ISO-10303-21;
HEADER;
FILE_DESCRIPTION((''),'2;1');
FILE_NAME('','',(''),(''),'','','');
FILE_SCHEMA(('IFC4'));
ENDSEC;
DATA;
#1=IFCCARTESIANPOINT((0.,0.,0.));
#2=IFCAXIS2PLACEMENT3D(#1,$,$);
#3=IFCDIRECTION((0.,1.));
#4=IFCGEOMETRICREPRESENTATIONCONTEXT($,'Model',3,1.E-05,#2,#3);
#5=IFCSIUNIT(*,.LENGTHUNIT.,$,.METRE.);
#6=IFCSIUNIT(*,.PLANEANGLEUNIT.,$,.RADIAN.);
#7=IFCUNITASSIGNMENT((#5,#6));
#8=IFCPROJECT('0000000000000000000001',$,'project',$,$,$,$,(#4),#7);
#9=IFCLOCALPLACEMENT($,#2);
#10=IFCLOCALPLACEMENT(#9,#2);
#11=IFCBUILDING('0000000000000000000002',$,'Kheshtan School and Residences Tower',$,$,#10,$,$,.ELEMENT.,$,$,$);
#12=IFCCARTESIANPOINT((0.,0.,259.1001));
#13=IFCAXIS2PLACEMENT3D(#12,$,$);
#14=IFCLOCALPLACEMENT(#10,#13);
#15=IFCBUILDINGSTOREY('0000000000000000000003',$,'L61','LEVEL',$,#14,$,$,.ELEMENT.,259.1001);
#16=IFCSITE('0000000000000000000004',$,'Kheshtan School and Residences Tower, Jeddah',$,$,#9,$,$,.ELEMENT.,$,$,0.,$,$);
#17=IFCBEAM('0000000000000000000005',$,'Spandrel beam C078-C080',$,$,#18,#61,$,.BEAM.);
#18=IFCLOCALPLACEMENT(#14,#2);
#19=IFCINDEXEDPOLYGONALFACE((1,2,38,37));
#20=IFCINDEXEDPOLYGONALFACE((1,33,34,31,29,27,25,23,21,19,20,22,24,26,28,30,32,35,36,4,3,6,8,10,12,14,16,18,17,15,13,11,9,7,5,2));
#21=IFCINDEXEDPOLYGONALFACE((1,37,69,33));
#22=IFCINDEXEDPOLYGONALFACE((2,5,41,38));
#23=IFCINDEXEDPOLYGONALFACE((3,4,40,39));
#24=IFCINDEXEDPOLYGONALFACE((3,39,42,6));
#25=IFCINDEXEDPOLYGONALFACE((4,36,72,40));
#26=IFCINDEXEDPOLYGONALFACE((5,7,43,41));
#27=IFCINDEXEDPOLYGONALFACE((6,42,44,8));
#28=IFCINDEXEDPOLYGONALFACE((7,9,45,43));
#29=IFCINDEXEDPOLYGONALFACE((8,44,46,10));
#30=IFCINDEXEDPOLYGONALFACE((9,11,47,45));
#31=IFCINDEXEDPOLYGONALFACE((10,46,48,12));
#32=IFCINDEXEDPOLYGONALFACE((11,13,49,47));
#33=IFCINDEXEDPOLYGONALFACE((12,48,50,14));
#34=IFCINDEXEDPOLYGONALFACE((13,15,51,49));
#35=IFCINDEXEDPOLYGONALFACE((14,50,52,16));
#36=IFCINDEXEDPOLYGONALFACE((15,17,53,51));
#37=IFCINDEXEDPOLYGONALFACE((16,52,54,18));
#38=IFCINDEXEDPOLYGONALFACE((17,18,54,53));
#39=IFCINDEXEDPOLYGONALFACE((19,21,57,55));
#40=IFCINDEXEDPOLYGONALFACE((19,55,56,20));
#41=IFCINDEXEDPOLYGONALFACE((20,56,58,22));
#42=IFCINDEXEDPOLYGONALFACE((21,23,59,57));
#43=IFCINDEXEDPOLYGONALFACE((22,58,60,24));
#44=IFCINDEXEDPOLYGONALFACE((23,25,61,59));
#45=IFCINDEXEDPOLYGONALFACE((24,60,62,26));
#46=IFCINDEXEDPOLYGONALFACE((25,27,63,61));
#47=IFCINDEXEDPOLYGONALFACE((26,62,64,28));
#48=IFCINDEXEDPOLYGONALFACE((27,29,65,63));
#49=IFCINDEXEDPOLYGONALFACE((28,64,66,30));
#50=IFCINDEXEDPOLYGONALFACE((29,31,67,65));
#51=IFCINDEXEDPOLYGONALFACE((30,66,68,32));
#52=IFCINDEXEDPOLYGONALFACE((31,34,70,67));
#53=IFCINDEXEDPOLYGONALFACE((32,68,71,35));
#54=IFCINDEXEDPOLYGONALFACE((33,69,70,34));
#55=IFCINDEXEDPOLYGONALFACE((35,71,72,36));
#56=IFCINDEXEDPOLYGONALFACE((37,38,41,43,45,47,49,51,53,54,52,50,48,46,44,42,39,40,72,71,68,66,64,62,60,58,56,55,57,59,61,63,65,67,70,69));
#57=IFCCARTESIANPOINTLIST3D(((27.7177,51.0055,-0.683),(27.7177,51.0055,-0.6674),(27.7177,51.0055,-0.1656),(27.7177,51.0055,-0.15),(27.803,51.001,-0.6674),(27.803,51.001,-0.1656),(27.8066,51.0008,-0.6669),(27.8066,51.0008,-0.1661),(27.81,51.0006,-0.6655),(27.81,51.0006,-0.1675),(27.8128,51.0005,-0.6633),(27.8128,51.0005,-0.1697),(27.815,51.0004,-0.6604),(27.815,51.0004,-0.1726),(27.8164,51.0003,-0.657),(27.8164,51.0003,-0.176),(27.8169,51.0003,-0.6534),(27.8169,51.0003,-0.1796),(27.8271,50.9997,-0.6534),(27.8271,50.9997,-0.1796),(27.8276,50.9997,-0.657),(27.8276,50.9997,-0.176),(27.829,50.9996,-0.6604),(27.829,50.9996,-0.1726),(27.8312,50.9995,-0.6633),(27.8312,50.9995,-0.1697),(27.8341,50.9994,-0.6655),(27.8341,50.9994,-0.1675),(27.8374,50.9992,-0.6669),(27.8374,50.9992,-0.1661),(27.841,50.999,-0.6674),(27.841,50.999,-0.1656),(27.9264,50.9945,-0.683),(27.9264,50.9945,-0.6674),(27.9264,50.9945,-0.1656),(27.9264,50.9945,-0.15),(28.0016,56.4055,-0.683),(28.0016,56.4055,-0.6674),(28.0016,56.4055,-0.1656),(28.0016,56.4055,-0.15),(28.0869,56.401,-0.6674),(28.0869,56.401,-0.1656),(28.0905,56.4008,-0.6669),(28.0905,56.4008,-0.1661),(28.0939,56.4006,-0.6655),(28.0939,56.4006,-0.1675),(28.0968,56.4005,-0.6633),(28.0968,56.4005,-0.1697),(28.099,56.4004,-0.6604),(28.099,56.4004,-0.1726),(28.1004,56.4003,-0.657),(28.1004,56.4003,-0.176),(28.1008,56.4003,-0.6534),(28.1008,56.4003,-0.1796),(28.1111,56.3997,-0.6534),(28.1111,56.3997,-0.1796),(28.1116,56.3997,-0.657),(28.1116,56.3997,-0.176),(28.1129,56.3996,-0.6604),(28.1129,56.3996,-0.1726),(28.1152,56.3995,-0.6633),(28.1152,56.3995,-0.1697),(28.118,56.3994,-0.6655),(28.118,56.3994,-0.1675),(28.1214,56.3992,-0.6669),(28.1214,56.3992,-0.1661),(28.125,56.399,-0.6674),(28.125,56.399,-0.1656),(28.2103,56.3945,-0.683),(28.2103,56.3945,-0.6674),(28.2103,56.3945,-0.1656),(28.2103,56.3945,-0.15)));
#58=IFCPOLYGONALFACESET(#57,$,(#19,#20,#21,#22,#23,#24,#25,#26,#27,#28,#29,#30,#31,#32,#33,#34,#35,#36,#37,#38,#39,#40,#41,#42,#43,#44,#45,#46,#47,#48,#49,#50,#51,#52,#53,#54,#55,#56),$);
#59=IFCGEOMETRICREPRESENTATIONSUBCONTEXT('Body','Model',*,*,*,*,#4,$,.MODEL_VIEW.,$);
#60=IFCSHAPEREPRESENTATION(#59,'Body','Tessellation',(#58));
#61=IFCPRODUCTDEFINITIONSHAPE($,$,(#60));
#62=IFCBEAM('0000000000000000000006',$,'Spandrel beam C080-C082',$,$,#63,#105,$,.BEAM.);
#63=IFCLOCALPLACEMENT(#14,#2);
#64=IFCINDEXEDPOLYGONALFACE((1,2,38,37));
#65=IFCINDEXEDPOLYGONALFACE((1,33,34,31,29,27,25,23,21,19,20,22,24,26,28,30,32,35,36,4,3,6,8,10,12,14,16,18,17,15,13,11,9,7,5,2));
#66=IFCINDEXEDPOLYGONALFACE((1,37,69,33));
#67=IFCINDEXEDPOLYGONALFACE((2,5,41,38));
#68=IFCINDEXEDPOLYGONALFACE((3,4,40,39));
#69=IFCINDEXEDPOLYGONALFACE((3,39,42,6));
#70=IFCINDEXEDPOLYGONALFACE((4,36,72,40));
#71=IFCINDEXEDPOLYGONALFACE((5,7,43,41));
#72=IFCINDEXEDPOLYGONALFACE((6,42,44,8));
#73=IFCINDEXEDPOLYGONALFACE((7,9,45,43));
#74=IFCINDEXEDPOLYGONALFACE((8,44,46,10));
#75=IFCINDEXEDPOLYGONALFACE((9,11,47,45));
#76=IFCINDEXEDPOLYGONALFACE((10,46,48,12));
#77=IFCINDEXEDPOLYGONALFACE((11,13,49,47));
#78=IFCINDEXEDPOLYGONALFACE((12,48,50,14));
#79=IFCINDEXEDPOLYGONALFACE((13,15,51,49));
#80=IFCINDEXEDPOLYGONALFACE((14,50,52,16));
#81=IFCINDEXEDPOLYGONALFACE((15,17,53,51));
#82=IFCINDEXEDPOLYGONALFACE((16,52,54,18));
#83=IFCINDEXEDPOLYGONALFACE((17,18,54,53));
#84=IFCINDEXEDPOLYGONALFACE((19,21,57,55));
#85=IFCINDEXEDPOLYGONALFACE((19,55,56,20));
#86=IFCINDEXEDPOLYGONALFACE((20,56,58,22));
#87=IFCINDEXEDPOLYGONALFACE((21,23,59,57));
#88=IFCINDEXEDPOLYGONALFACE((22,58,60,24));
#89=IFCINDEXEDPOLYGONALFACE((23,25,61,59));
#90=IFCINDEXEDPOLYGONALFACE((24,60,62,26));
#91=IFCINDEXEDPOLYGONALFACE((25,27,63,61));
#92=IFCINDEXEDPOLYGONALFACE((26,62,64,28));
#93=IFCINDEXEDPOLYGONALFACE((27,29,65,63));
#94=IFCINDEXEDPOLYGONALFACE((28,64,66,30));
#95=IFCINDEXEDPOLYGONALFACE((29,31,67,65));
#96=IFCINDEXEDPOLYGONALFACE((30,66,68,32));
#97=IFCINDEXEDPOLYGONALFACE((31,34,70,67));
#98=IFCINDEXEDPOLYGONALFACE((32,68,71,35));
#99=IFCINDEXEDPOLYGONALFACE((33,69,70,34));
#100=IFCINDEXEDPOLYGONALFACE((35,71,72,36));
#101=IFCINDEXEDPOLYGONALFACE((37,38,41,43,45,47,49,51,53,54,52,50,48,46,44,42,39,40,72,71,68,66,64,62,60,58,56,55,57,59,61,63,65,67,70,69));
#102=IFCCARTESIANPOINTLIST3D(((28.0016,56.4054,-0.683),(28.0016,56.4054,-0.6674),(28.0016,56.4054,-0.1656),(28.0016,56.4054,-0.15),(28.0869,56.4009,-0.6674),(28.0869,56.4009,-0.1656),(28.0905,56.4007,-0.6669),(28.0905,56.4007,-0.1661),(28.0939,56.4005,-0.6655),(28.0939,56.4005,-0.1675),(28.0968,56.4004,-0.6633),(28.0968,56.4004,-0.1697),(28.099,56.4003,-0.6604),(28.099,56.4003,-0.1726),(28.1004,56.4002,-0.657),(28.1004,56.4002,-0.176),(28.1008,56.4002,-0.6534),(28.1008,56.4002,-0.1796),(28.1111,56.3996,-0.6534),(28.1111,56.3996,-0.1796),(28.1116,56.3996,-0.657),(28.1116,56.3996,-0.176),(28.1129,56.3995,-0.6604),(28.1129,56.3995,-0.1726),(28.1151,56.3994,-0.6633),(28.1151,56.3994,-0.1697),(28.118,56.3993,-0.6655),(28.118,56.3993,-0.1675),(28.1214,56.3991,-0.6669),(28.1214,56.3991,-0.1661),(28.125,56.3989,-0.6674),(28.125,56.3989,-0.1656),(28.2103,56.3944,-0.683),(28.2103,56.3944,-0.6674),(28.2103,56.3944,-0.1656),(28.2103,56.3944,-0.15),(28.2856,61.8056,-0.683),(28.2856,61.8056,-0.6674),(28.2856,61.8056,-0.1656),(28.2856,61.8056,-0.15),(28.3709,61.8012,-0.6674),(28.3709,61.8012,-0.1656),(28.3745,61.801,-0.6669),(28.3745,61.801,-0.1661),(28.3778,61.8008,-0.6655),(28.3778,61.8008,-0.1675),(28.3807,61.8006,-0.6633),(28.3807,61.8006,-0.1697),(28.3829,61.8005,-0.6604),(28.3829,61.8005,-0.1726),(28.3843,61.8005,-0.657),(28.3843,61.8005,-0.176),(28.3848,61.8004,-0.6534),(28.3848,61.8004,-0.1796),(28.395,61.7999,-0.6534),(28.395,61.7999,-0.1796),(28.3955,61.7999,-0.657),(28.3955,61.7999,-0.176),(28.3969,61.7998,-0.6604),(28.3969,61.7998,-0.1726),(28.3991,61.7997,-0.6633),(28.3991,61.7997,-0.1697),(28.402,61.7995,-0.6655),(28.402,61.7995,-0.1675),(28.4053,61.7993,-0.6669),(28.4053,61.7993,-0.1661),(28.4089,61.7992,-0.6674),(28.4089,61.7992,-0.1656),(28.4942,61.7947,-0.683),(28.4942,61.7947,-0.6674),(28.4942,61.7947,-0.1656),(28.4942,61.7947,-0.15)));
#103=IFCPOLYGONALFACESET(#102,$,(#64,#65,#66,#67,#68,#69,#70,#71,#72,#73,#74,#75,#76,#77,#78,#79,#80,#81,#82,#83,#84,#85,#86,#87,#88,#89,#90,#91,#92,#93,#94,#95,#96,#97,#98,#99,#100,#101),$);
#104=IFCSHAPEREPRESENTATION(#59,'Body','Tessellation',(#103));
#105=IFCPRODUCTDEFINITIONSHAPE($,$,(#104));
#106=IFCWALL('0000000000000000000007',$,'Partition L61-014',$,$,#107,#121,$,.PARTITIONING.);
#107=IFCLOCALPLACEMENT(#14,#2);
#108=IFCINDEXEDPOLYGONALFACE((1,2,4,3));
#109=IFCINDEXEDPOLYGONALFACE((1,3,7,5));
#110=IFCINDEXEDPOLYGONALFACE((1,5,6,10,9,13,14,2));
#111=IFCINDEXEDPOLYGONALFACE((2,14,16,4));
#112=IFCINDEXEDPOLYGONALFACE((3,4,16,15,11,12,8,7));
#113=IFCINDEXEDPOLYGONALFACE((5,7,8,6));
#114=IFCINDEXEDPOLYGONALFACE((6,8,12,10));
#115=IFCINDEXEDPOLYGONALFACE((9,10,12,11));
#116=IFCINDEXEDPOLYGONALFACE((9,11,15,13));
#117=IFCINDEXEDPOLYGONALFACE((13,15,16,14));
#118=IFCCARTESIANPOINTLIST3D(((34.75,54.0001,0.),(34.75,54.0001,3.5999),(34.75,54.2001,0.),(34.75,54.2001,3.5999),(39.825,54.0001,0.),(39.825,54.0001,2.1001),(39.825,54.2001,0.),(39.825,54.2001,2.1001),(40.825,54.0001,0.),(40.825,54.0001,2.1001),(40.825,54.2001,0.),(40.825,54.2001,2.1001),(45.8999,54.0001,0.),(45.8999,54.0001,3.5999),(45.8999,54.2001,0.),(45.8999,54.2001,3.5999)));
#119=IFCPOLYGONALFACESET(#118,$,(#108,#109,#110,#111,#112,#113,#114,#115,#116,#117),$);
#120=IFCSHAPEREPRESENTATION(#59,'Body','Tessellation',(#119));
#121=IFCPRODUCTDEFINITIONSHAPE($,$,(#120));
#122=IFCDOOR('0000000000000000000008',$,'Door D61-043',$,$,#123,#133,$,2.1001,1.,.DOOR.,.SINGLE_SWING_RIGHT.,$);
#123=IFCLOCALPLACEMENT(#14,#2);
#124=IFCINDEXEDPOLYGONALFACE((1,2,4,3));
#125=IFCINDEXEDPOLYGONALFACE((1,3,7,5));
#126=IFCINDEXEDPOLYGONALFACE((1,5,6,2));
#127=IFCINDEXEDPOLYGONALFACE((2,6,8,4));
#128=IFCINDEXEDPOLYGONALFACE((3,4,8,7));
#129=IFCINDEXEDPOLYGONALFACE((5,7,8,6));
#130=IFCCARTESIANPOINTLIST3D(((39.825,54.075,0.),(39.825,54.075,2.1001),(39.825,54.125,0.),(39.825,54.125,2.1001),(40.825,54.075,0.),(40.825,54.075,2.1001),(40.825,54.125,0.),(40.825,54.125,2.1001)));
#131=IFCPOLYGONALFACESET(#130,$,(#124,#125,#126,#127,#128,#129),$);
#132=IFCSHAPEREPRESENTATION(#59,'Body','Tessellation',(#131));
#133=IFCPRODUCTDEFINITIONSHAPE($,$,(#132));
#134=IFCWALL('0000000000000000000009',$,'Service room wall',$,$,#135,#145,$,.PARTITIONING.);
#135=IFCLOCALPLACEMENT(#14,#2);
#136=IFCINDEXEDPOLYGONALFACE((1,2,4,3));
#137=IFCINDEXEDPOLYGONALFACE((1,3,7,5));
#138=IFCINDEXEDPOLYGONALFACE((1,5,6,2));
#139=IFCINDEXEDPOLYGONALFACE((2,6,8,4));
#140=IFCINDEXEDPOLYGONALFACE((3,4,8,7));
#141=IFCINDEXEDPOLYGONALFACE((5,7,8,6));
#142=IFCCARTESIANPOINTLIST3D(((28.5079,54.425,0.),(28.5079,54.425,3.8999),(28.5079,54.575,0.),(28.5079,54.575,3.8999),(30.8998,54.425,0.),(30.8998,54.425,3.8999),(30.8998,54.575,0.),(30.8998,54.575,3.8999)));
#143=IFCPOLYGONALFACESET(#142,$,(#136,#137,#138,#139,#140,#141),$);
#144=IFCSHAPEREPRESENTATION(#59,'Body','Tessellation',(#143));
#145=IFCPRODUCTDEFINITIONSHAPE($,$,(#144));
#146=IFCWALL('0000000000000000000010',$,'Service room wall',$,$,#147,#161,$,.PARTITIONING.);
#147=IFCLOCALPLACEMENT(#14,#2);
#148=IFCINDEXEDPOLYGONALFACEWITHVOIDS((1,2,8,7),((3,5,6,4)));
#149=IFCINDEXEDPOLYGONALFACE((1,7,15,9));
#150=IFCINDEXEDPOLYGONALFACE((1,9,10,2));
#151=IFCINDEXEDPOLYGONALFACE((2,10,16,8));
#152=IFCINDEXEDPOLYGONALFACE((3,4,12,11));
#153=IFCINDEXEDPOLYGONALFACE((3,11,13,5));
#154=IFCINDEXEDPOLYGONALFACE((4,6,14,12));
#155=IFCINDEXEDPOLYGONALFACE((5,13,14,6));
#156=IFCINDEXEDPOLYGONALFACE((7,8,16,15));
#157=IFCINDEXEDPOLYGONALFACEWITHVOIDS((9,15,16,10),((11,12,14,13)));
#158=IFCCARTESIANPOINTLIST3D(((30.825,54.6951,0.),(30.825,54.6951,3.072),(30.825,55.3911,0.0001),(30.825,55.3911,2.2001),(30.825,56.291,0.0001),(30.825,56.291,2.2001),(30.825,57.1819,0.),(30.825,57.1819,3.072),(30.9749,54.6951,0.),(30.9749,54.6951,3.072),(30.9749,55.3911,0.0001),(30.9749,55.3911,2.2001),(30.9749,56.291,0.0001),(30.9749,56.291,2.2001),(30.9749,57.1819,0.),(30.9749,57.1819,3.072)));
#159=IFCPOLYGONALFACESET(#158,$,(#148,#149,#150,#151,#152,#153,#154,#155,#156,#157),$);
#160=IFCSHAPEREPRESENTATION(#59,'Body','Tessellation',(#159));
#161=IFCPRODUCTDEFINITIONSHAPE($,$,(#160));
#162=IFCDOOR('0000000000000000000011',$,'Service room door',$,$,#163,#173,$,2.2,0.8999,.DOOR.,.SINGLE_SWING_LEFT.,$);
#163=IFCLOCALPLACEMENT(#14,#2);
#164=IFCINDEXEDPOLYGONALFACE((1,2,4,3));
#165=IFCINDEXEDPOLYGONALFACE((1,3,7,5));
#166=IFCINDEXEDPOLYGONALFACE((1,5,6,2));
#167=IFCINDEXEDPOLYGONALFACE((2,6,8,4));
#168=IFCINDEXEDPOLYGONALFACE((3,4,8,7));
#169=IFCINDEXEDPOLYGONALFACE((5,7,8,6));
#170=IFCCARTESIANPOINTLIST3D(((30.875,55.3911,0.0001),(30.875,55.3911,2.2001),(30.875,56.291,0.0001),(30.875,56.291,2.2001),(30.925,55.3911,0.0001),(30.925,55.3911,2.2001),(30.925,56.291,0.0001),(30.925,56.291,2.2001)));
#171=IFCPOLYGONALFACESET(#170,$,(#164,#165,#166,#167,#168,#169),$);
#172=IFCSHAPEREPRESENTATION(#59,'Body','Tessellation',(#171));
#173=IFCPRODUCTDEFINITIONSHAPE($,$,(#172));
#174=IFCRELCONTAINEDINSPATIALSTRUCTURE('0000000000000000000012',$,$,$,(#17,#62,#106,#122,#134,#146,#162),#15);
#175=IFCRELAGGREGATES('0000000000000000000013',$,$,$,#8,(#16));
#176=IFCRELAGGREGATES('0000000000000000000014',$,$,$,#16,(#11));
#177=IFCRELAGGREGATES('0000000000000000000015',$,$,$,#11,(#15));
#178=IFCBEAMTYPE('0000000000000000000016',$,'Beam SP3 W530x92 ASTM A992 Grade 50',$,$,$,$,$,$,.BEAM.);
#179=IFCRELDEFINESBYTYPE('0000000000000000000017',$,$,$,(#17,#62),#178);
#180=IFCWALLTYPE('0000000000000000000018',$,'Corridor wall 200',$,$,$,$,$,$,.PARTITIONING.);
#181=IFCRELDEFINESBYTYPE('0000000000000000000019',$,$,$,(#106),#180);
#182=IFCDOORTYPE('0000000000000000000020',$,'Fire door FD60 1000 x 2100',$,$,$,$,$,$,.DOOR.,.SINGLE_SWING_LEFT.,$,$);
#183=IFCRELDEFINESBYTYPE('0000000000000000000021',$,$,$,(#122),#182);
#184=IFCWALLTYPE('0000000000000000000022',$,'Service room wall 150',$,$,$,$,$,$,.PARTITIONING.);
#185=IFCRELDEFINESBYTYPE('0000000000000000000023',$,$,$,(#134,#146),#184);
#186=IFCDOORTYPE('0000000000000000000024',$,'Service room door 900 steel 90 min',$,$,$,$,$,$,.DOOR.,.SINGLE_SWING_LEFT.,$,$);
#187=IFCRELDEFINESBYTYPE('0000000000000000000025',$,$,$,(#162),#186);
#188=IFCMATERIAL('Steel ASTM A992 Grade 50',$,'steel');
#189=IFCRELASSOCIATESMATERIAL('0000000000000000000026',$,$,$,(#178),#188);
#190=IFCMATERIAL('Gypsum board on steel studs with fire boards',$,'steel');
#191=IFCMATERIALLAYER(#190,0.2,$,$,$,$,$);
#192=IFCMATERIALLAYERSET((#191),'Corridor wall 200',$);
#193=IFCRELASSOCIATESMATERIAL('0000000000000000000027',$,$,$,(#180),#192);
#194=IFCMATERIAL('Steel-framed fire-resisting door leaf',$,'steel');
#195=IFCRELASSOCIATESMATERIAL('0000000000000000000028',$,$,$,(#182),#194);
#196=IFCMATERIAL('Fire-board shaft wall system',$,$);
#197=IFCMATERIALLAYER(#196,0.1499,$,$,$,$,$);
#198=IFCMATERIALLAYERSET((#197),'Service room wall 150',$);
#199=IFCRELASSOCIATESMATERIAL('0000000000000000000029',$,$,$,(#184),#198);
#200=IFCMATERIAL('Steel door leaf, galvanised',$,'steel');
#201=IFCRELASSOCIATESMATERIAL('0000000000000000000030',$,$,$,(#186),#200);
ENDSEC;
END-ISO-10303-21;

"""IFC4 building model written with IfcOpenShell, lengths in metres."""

from ifc_helpers import new_model, si_unit, direction, frame, frame_2d, origin, origin_2d, place, context, subcontext, project, spatial, rectangle, i_section, extrude, source, transform, mapped, material, layer, layer_set, material_profile, profile_set, type_object, element, fill, save


model = new_model("IFC4")

# Units and contexts
model_context = context("Model", 3, precision=1e-05, world=origin(), true_north=direction((0.0, 1.0)))
body_context = subcontext(model_context, "Body", "Model", "MODEL_VIEW")
ifc_project = project(units=[si_unit("LENGTHUNIT", "METRE"), si_unit("PLANEANGLEUNIT", "RADIAN")], contexts=[model_context])

# Site, building, storey
site_placement = place(None, origin())
site = spatial("IfcSite", under=ifc_project, at=site_placement, Name="Kheshtan School and Residences Tower, Jeddah", CompositionType="ELEMENT", RefElevation=0.0)
building_placement = place(site_placement, origin())
building = spatial("IfcBuilding", under=site, at=building_placement, Name="Kheshtan School and Residences Tower", CompositionType="ELEMENT")
storey_placement = place(building_placement, frame((0.0, 0.0, 259.1001)))
storey = spatial("IfcBuildingStorey", under=building, at=storey_placement, Name="L61", Description="LEVEL", CompositionType="ELEMENT", Elevation=259.1001)

# Shared definitions
ifc_material_1 = material(Name="Steel ASTM A992 Grade 50", Category="steel")

# Beams
ifc_material_profile_1 = material_profile(ifc_material_1, i_section(OverallWidth=0.209, OverallDepth=0.533, WebThickness=0.0103, FlangeThickness=0.0156, FilletRadius=0.0139, at=origin_2d()), Name="W530x92")
ifc_profile_set_1 = profile_set([ifc_material_profile_1], Name="Steel ASTM A992 Grade 50")
beam_type = type_object("IfcBeamType", Name="Beam SP3 W530x92 ASTM A992 Grade 50", PredefinedType="BEAM", material=ifc_profile_set_1)
for number, where, z_axis, x_axis, name in (
    (1, (27.822, 51.0, -0.4165), (0.052509, 0.99862, 0.0), (-0.99862, 0.052509, 0.0), "Spandrel beam C078-C080"),
):
    element("IfcBeam", number, at=place(storey_placement, frame(where, z_axis=z_axis, x_axis=x_axis)), inside=storey, type_object=beam_type, Name=name, PredefinedType="BEAM", context=body_context, shape_type="SweptSolid", body=[
        extrude(i_section(OverallWidth=0.209, OverallDepth=0.533, WebThickness=0.0103, FlangeThickness=0.0156, FilletRadius=0.0139, at=origin_2d()), origin(), (0.0, 0.0, 1.0), 5.4075),
    ])
beam_placement = place(storey_placement, frame((28.106, 56.3999, -0.4165), z_axis=(0.052507, 0.998621, 0.0), x_axis=(-0.998621, 0.052507, 0.0)))
element("IfcBeam", 2, at=beam_placement, inside=storey, type_object=beam_type, Name="Spandrel beam C080-C082", PredefinedType="BEAM", context=body_context, shape_type="SweptSolid", body=[
    extrude(i_section(OverallWidth=0.209, OverallDepth=0.533, WebThickness=0.0103, FlangeThickness=0.0156, FilletRadius=0.0139, at=origin_2d()), origin(), (0.0, 0.0, 1.0), 5.4077),
])

# Wall, opening, door
ifc_material_2 = material(Name="Gypsum board on steel studs with fire boards", Category="steel")
ifc_layer_1 = layer(ifc_material_2, 0.2)
ifc_layer_set_1 = layer_set([ifc_layer_1], Name="Corridor wall 200")
wall_type_1 = type_object("IfcWallType", Name="Corridor wall 200", PredefinedType="PARTITIONING", material=ifc_layer_set_1)
wall_1_placement = place(storey_placement, frame((34.75, 54.1001, 0.0), z_axis=(0.0, 0.0, 1.0), x_axis=(1.0, 0.0, 0.0)))
wall_1 = element("IfcWall", 3, at=wall_1_placement, inside=storey, type_object=wall_type_1, Name="Partition L61-014", PredefinedType="PARTITIONING", context=body_context, shape_type="SweptSolid", body=[
    extrude(rectangle(XDim=11.1499, YDim=0.2, at=frame_2d((5.575, 0.0))), origin(), (0.0, 0.0, 1.0), 3.5999),
])
opening_1_placement = place(wall_1_placement, frame((5.075, 0.0, 0.0)))
opening_1 = element("IfcOpeningElement", 4, at=opening_1_placement, cuts=wall_1, PredefinedType="OPENING", context=body_context, shape_type="SweptSolid", body=[
    extrude(rectangle(XDim=1.0, YDim=2.1001, at=frame_2d((0.5, 1.05))), frame((0.0, 0.1099, 0.0), z_axis=(0.0, -1.0, 0.0), x_axis=(1.0, 0.0, 0.0)), (0.0, 0.0, 1.0), 0.22),
])
ifc_material_3 = material(Name="Steel-framed fire-resisting door leaf", Category="steel")
door_type_1 = type_object("IfcDoorType", Name="Fire door FD60 1000 x 2100", OperationType="SINGLE_SWING_LEFT", PredefinedType="DOOR", material=ifc_material_3)
shared_shape_1 = source(origin(), body_context, "Body", "SweptSolid", [
    extrude(rectangle(XDim=1.0, YDim=2.1001, at=frame_2d((0.5, 1.05))), frame((0.0, 0.0249, 0.0), z_axis=(0.0, -1.0, 0.0), x_axis=(1.0, 0.0, 0.0)), (0.0, 0.0, 1.0), 0.05),
])
door_1_placement = place(opening_1_placement, origin())
door_1 = element("IfcDoor", 5, at=door_1_placement, inside=storey, type_object=door_type_1, Name="Door D61-043", OperationType="SINGLE_SWING_RIGHT", OverallHeight=2.1001, OverallWidth=1.0, PredefinedType="DOOR", context=body_context, shape_type="MappedRepresentation", body=[
    mapped(shared_shape_1, transform((0.0, 0.0, 0.0), x_axis=(1.0, 0.0, 0.0), y_axis=(0.0, 1.0, 0.0), z_axis=(0.0, 0.0, 1.0), scale=1.0)),
])
fill(opening_1, door_1)

# Wall
ifc_material_4 = material(Name="Fire-board shaft wall system")
ifc_layer_2 = layer(ifc_material_4, 0.1499)
ifc_layer_set_2 = layer_set([ifc_layer_2], Name="Service room wall 150")
wall_type_2 = type_object("IfcWallType", Name="Service room wall 150", PredefinedType="PARTITIONING", material=ifc_layer_set_2)
wall_2_placement = place(storey_placement, frame((28.5081, 54.5, 0.0), z_axis=(0.0, 0.0, 1.0), x_axis=(1.0, 0.0, 0.0)))
element("IfcWall", 6, at=wall_2_placement, inside=storey, type_object=wall_type_2, Name="Service room wall", PredefinedType="PARTITIONING", context=body_context, shape_type="SweptSolid", body=[
    extrude(rectangle(XDim=2.3918, YDim=0.1499, at=frame_2d((1.1958, 0.0))), origin(), (0.0, 0.0, 1.0), 3.8999),
])

# Wall, opening, door
wall_3_placement = place(storey_placement, frame((30.8999, 54.6951, 0.0), z_axis=(0.0, 0.0, 1.0), x_axis=(0.0, 1.0, 0.0)))
wall_3 = element("IfcWall", 7, at=wall_3_placement, inside=storey, type_object=wall_type_2, Name="Service room wall", PredefinedType="PARTITIONING", context=body_context, shape_type="SweptSolid", body=[
    extrude(rectangle(XDim=2.4868, YDim=0.1499, at=frame_2d((1.2434, 0.0))), origin(), (0.0, 0.0, 1.0), 3.072),
])
opening_2_placement = place(wall_3_placement, frame((0.696, 0.0, 0.0)))
opening_2 = element("IfcOpeningElement", 8, at=opening_2_placement, cuts=wall_3, PredefinedType="OPENING", context=body_context, shape_type="SweptSolid", body=[
    extrude(rectangle(XDim=0.8999, YDim=2.2, at=frame_2d((0.45, 1.1001))), frame((0.0, 0.085, 0.0), z_axis=(0.0, -1.0, 0.0), x_axis=(1.0, 0.0, 0.0)), (0.0, 0.0, 1.0), 0.1699),
])
ifc_material_5 = material(Name="Steel door leaf, galvanised", Category="steel")
door_type_2 = type_object("IfcDoorType", Name="Service room door 900 steel 90 min", OperationType="SINGLE_SWING_LEFT", PredefinedType="DOOR", material=ifc_material_5)
shared_shape_2 = source(origin(), body_context, "Body", "SweptSolid", [
    extrude(rectangle(XDim=0.8999, YDim=2.2, at=frame_2d((0.45, 1.1001))), frame((0.0, 0.0249, 0.0), z_axis=(0.0, -1.0, 0.0), x_axis=(1.0, 0.0, 0.0)), (0.0, 0.0, 1.0), 0.05),
])
door_2_placement = place(opening_2_placement, origin())
door_2 = element("IfcDoor", 9, at=door_2_placement, inside=storey, type_object=door_type_2, Name="Service room door", OperationType="SINGLE_SWING_LEFT", OverallHeight=2.2, OverallWidth=0.8999, PredefinedType="DOOR", context=body_context, shape_type="MappedRepresentation", body=[
    mapped(shared_shape_2, transform((0.0, 0.0, 0.0), x_axis=(1.0, 0.0, 0.0), y_axis=(0.0, 1.0, 0.0), z_axis=(0.0, 0.0, 1.0), scale=1.0)),
])
fill(opening_2, door_2)

save(model, "model.ifc")
